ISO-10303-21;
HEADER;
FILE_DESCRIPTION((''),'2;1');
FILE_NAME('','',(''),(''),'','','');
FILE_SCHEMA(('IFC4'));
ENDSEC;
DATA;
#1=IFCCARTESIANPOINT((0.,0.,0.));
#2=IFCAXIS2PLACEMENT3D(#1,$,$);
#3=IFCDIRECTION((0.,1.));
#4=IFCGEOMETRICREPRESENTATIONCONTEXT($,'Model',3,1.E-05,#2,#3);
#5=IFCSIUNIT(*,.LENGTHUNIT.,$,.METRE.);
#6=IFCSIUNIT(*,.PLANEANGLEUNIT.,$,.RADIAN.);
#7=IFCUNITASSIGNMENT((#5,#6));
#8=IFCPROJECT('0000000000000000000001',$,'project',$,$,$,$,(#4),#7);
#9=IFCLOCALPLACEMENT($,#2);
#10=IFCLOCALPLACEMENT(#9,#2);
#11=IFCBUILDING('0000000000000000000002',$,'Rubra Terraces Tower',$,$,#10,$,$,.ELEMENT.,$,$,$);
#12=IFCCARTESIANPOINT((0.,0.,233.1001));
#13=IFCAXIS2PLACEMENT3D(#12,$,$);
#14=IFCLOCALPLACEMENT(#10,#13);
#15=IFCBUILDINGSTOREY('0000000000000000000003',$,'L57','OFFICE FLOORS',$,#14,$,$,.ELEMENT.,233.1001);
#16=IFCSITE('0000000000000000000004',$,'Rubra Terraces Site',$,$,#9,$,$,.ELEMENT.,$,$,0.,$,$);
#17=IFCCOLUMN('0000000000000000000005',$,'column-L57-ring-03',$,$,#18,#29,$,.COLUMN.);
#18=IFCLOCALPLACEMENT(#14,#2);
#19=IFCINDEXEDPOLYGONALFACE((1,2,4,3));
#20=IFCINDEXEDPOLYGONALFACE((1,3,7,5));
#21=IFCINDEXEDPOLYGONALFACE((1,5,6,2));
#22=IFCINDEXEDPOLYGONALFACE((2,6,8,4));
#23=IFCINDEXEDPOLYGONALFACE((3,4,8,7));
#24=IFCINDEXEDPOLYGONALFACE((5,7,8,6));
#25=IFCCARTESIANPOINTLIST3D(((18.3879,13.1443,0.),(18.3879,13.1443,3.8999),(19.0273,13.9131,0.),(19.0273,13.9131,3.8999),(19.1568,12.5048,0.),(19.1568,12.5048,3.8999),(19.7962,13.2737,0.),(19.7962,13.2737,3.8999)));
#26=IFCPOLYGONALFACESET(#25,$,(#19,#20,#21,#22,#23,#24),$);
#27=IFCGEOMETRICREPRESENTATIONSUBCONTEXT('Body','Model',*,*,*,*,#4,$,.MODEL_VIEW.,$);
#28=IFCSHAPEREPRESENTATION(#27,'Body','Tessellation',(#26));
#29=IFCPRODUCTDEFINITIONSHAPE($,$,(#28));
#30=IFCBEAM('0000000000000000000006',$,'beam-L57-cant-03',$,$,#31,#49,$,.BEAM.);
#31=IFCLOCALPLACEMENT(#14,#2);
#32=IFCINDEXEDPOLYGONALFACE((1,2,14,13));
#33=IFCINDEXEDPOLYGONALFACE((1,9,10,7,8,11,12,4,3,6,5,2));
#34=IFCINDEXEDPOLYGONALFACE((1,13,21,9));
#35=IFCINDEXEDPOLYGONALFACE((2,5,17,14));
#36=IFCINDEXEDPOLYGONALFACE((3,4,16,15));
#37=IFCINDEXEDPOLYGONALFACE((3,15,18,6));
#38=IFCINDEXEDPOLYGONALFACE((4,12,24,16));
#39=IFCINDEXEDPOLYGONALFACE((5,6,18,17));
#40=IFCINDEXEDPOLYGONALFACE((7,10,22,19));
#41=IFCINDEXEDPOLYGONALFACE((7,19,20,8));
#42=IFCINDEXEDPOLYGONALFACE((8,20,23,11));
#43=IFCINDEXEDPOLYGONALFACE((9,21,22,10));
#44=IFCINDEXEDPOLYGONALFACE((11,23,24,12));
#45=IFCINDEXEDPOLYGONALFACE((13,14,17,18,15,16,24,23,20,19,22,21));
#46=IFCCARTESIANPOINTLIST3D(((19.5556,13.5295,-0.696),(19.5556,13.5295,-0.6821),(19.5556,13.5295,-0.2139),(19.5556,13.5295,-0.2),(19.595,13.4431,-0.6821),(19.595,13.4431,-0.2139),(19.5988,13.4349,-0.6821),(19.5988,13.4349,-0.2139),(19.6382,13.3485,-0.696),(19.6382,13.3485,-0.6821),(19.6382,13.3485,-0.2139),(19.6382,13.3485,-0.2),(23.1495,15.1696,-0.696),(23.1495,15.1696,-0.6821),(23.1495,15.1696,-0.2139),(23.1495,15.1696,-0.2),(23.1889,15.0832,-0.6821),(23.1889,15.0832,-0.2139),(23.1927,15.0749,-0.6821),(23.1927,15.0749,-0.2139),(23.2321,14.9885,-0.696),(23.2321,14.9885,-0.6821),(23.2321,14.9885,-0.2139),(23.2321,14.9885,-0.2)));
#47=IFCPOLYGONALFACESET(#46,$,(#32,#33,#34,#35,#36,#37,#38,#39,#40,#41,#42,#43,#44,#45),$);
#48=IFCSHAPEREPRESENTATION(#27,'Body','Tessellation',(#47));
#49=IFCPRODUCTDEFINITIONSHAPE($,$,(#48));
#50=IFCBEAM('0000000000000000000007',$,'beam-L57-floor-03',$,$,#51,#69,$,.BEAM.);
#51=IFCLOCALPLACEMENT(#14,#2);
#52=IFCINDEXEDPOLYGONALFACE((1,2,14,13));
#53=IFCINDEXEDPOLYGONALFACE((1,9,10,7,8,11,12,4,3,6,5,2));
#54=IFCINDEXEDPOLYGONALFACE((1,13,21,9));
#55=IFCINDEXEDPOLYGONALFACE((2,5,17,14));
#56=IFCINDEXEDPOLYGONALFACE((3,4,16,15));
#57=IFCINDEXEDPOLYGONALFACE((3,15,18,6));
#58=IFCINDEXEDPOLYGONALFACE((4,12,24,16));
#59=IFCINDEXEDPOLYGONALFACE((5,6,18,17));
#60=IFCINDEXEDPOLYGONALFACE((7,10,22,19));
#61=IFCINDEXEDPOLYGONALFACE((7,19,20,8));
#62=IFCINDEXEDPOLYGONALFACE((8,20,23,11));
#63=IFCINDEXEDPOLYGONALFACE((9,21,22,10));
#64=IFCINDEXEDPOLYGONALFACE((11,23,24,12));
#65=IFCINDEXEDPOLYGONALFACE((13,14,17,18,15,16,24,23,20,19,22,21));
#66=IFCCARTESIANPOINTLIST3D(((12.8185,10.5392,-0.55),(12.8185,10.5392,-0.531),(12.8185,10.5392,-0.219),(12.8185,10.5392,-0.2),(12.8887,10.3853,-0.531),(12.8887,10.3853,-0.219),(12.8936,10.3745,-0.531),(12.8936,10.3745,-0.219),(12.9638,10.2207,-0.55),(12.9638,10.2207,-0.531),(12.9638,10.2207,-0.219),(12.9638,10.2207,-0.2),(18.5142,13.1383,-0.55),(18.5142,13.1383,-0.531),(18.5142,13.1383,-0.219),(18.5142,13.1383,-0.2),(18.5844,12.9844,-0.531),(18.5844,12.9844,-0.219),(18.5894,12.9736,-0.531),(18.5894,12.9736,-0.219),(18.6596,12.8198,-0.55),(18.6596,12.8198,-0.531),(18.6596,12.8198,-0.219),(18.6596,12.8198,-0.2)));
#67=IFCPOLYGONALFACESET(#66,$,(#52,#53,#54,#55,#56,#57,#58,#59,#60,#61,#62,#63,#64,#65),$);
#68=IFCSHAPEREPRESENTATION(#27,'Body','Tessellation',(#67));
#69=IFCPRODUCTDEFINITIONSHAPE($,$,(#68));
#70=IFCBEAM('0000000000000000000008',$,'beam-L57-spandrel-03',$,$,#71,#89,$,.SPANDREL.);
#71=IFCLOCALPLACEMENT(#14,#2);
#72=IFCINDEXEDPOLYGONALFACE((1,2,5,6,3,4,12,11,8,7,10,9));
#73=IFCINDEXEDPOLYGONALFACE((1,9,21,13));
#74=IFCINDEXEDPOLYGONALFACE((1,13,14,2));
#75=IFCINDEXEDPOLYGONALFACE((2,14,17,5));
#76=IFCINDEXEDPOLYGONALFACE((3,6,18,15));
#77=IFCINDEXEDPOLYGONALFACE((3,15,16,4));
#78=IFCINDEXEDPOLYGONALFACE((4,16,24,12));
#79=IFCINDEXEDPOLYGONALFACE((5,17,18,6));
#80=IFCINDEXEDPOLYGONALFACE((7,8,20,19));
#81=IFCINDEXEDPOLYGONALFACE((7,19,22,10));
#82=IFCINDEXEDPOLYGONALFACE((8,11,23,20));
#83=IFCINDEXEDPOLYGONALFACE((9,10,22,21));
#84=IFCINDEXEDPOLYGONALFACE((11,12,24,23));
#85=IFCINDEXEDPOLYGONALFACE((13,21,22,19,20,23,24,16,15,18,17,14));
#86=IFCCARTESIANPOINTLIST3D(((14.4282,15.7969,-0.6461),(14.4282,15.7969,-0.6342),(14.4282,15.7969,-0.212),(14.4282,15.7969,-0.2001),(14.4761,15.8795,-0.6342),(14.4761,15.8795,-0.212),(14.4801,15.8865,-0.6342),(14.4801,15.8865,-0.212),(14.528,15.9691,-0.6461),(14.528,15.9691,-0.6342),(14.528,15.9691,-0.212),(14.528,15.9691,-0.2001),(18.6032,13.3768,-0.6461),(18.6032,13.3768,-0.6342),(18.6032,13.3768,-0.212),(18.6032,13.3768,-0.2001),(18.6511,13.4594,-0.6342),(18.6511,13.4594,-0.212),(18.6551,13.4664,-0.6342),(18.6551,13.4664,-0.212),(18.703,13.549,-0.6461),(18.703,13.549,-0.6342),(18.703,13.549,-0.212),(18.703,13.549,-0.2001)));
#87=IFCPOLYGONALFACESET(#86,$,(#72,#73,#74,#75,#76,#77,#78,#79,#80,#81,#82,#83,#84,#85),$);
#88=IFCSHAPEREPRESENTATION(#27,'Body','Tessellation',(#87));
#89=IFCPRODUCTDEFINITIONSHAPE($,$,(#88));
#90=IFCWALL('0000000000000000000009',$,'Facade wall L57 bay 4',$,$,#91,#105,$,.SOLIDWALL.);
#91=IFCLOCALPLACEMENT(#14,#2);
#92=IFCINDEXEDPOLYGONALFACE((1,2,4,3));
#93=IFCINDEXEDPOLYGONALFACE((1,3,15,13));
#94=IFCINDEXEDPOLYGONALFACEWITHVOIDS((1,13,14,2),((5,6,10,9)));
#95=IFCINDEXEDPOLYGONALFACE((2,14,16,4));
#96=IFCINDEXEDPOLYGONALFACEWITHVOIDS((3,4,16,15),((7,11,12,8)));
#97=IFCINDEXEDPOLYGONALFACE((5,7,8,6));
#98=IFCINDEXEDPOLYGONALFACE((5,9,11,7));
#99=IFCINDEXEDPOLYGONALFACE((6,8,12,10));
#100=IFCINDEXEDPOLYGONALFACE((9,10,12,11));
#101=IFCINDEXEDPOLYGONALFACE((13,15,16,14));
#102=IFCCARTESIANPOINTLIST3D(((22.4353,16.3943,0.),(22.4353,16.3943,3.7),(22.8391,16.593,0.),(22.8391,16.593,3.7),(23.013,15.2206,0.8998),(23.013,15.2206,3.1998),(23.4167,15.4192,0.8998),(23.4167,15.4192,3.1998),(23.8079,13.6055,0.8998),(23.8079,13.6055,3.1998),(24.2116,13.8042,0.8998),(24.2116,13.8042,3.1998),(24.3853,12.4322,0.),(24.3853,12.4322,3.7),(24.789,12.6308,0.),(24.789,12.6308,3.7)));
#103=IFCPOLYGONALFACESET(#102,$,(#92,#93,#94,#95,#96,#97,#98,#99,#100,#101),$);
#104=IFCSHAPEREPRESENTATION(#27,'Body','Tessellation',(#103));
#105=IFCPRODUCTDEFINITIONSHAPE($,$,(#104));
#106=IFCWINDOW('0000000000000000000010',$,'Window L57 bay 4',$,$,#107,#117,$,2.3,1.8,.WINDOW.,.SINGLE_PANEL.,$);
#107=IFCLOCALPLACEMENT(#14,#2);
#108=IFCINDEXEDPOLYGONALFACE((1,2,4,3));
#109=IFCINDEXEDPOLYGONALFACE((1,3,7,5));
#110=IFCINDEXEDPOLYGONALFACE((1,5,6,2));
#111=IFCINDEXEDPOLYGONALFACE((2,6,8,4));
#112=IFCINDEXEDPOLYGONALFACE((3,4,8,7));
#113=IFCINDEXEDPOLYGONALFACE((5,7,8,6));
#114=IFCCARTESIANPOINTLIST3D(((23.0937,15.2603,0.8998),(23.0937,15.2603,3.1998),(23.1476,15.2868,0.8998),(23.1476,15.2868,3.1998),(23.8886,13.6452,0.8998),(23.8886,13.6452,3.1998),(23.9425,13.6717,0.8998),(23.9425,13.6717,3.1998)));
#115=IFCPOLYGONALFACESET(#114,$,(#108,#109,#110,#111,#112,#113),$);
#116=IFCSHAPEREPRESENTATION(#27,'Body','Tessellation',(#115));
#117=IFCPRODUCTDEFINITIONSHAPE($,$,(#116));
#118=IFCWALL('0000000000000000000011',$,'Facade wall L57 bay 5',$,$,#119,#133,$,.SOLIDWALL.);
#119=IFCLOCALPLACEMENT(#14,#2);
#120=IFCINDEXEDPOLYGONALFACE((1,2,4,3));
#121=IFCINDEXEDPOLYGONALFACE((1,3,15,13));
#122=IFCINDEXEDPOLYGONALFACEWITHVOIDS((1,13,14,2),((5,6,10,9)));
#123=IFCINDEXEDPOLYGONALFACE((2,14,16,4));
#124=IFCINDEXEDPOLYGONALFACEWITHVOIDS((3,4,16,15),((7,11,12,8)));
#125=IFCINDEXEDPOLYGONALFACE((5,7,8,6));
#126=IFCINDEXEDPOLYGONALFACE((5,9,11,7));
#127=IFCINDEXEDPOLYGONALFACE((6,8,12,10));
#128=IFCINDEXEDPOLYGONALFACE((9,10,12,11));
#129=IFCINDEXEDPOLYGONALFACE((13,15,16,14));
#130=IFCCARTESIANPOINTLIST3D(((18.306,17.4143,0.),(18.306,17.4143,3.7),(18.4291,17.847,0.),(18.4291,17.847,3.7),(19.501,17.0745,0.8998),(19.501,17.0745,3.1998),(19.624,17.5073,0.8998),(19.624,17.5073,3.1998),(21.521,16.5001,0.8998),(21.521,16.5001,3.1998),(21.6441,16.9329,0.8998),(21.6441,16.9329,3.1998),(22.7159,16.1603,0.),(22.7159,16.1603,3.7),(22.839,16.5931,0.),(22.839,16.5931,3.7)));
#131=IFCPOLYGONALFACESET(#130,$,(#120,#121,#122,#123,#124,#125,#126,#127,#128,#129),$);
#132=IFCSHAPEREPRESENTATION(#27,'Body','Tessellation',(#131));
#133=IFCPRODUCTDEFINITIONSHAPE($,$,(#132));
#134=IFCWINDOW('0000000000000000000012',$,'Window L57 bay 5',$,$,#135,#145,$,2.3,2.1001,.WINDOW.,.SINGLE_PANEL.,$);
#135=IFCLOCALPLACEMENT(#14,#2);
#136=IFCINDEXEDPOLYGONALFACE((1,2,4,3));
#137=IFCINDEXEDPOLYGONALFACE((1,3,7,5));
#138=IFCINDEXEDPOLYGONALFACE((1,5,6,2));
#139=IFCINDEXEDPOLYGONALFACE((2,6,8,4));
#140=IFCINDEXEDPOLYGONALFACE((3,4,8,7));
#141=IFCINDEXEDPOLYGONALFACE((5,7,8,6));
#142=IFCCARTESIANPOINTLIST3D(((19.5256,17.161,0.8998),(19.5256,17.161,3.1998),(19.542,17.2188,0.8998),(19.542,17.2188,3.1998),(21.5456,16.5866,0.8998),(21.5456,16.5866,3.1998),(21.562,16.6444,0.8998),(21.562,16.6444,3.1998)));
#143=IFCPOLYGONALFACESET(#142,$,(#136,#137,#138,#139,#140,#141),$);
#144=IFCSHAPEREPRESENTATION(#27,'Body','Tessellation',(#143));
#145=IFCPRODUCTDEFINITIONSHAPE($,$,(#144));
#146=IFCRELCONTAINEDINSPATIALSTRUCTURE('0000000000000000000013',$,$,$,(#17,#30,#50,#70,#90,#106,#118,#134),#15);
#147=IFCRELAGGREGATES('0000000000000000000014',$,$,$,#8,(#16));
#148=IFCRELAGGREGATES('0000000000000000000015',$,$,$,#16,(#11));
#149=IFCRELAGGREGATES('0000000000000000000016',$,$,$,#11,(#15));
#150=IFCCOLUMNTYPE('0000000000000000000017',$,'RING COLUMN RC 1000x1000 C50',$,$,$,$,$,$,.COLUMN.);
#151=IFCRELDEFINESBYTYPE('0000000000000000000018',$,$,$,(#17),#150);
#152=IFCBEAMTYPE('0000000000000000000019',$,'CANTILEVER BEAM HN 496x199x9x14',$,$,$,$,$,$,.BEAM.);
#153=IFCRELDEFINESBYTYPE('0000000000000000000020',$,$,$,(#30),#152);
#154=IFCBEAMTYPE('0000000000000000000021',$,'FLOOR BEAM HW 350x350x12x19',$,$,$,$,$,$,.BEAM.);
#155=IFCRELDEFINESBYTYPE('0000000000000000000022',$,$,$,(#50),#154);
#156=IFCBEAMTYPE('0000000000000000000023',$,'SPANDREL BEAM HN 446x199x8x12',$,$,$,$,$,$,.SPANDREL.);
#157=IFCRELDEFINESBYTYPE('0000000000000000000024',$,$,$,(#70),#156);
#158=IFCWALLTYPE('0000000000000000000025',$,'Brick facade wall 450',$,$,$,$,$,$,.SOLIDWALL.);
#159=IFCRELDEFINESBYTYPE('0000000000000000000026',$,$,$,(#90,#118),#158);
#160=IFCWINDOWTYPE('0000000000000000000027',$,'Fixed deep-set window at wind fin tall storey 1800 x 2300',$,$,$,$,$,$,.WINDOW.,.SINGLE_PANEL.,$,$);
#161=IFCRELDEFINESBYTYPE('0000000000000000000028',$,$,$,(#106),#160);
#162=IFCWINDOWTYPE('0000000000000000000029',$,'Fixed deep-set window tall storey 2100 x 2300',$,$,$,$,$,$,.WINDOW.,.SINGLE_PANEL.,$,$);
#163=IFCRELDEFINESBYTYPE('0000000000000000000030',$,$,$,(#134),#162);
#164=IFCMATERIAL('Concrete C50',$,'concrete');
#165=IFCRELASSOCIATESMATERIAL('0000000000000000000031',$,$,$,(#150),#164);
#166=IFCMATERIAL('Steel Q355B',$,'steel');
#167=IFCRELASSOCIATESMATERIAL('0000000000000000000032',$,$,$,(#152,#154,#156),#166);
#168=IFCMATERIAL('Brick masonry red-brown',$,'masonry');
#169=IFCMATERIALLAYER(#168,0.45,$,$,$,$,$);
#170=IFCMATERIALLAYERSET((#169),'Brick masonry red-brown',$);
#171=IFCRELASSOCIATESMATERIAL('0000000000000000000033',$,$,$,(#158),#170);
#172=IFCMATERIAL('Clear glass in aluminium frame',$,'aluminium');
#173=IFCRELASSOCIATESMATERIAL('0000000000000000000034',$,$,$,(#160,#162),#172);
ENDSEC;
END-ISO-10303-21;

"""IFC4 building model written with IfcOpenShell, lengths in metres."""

from ifc_helpers import new_model, si_unit, direction, frame, frame_2d, origin, origin_2d, place, context, subcontext, project, spatial, rectangle, i_section, extrude, material, layer, layer_set, material_profile, profile_set, type_object, element, fill, save


model = new_model("IFC4")

# Units and contexts
model_context = context("Model", 3, precision=1e-05, world=origin(), true_north=direction((0.0, 1.0)))
body_context = subcontext(model_context, "Body", "Model", "MODEL_VIEW")
ifc_project = project(units=[si_unit("LENGTHUNIT", "METRE"), si_unit("PLANEANGLEUNIT", "RADIAN")], contexts=[model_context])

# Site, building, storey
site_placement = place(None, origin())
site = spatial("IfcSite", under=ifc_project, at=site_placement, Name="Rubra Terraces Site", CompositionType="ELEMENT", RefElevation=0.0)
building_placement = place(site_placement, origin())
building = spatial("IfcBuilding", under=site, at=building_placement, Name="Rubra Terraces Tower", CompositionType="ELEMENT")
storey_placement = place(building_placement, frame((0.0, 0.0, 233.1001)))
storey = spatial("IfcBuildingStorey", under=building, at=storey_placement, Name="L57", Description="OFFICE FLOORS", CompositionType="ELEMENT", Elevation=233.1001)

# Column
ifc_material_1 = material(Name="Concrete C50", Category="concrete")
ifc_material_profile_1 = material_profile(ifc_material_1, rectangle(XDim=1.0, YDim=1.0, at=origin_2d()), Name="RC 1000x1000")
ifc_profile_set_1 = profile_set([ifc_material_profile_1], Name="Concrete C50")
column_type = type_object("IfcColumnType", Name="RING COLUMN RC 1000x1000 C50", PredefinedType="COLUMN", material=ifc_profile_set_1)
column_placement = place(storey_placement, frame((19.092, 13.209, 0.0), z_axis=(0.0, 0.0, 1.0), x_axis=(-0.76887, 0.639405, 0.0)))
element("IfcColumn", 1, at=column_placement, inside=storey, type_object=column_type, Name="column-L57-ring-03", PredefinedType="COLUMN", context=body_context, shape_type="SweptSolid", body=[
    extrude(rectangle(XDim=1.0, YDim=1.0, at=origin_2d()), origin(), (0.0, 0.0, 1.0), 3.8999),
])

# Beams
ifc_material_2 = material(Name="Steel Q355B", Category="steel")
ifc_material_profile_2 = material_profile(ifc_material_2, i_section(OverallWidth=0.199, OverallDepth=0.4961, WebThickness=0.009, FlangeThickness=0.0139, at=origin_2d()), Name="HN 496x199x9x14")
ifc_profile_set_2 = profile_set([ifc_material_profile_2], Name="Steel Q355B")
beam_type_1 = type_object("IfcBeamType", Name="CANTILEVER BEAM HN 496x199x9x14", PredefinedType="BEAM", material=ifc_profile_set_2)
beam_1_placement = place(storey_placement, frame((19.5969, 13.439, -0.448), z_axis=(0.909745, 0.415167, 0.0), x_axis=(-0.415167, 0.909745, 0.0)))
element("IfcBeam", 2, at=beam_1_placement, inside=storey, type_object=beam_type_1, Name="beam-L57-cant-03", PredefinedType="BEAM", context=body_context, shape_type="SweptSolid", body=[
    extrude(i_section(OverallWidth=0.199, OverallDepth=0.4961, WebThickness=0.009, FlangeThickness=0.0139, at=origin_2d()), origin(), (0.0, 0.0, 1.0), 3.9504),
])
ifc_material_profile_3 = material_profile(ifc_material_2, i_section(OverallWidth=0.3501, OverallDepth=0.3501, WebThickness=0.012, FlangeThickness=0.019, at=origin_2d()), Name="HW 350x350x12x19")
ifc_profile_set_3 = profile_set([ifc_material_profile_3], Name="Steel Q355B")
beam_type_2 = type_object("IfcBeamType", Name="FLOOR BEAM HW 350x350x12x19", PredefinedType="BEAM", material=ifc_profile_set_3)
beam_2_placement = place(storey_placement, frame((18.5869, 12.979, -0.375), z_axis=(-0.909757, -0.415142, 0.0), x_axis=(0.415142, -0.909757, 0.0)))
element("IfcBeam", 3, at=beam_2_placement, inside=storey, type_object=beam_type_2, Name="beam-L57-floor-03", PredefinedType="BEAM", context=body_context, shape_type="SweptSolid", body=[
    extrude(i_section(OverallWidth=0.3501, OverallDepth=0.3501, WebThickness=0.012, FlangeThickness=0.019, at=origin_2d()), origin(), (0.0, 0.0, 1.0), 6.2607),
])
ifc_material_profile_4 = material_profile(ifc_material_2, i_section(OverallWidth=0.199, OverallDepth=0.446, WebThickness=0.0081, FlangeThickness=0.012, at=origin_2d()), Name="HN 446x199x8x12")
ifc_profile_set_4 = profile_set([ifc_material_profile_4], Name="Steel Q355B")
beam_type_3 = type_object("IfcBeamType", Name="SPANDREL BEAM HN 446x199x8x12", PredefinedType="SPANDREL", material=ifc_profile_set_4)
beam_3_placement = place(storey_placement, frame((18.6531, 13.4629, -0.4231), z_axis=(-0.865154, 0.501507, 0.0), x_axis=(-0.501507, -0.865154, 0.0)))
element("IfcBeam", 4, at=beam_3_placement, inside=storey, type_object=beam_type_3, Name="beam-L57-spandrel-03", PredefinedType="SPANDREL", context=body_context, shape_type="SweptSolid", body=[
    extrude(i_section(OverallWidth=0.199, OverallDepth=0.446, WebThickness=0.0081, FlangeThickness=0.012, at=origin_2d()), origin(), (0.0, 0.0, 1.0), 4.8257),
])

# Walls, openings, windows
ifc_material_3 = material(Name="Brick masonry red-brown", Category="masonry")
ifc_layer_1 = layer(ifc_material_3, 0.45)
ifc_layer_set_1 = layer_set([ifc_layer_1], Name="Brick masonry red-brown")
wall_type_1 = type_object("IfcWallType", Name="Brick facade wall 450", PredefinedType="SOLIDWALL", material=ifc_layer_set_1)
wall_1_placement = place(storey_placement, frame((24.5872, 12.5315, 0.0), z_axis=(0.0, 0.0, 1.0), x_axis=(-0.441566, 0.897229, 0.0)))
wall_1 = element("IfcWall", 5, at=wall_1_placement, inside=storey, type_object=wall_type_1, Name="Facade wall L57 bay 4", PredefinedType="SOLIDWALL", context=body_context, shape_type="SweptSolid", body=[
    extrude(rectangle(XDim=4.416, YDim=0.45, at=frame_2d((2.208, 0.0))), origin(), (0.0, 0.0, 1.0), 3.7),
])
opening_1_placement = place(wall_1_placement, frame((1.3079, 0.0, 0.8999)))
opening_1 = element("IfcOpeningElement", 6, at=opening_1_placement, cuts=wall_1, PredefinedType="OPENING", context=body_context, shape_type="SweptSolid", body=[
    extrude(rectangle(XDim=1.8, YDim=2.3, at=frame_2d((0.8999, 1.1499))), frame((0.0, 0.2349, 0.0), z_axis=(0.0, -1.0, 0.0), x_axis=(1.0, 0.0, 0.0)), (0.0, 0.0, 1.0), 0.47),
])
ifc_material_4 = material(Name="Clear glass in aluminium frame", Category="aluminium")
window_type_1 = type_object("IfcWindowType", Name="Fixed deep-set window at wind fin tall storey 1800 x 2300", PartitioningType="SINGLE_PANEL", PredefinedType="WINDOW", material=ifc_material_4)
window_1_placement = place(opening_1_placement, origin())
window_1 = element("IfcWindow", 7, at=window_1_placement, inside=storey, type_object=window_type_1, Name="Window L57 bay 4", OverallHeight=2.3, OverallWidth=1.8, PartitioningType="SINGLE_PANEL", PredefinedType="WINDOW", context=body_context, shape_type="SweptSolid", body=[
    extrude(rectangle(XDim=1.8, YDim=2.3, at=frame_2d((0.8999, 1.1499))), frame((0.0, 0.135, 0.0), z_axis=(0.0, -1.0, 0.0), x_axis=(1.0, 0.0, 0.0)), (0.0, 0.0, 1.0), 0.0601),
])
fill(opening_1, window_1)
wall_2_placement = place(storey_placement, frame((22.7776, 16.3767, 0.0), z_axis=(0.0, 0.0, 1.0), x_axis=(-0.961873, 0.273497, 0.0)))
wall_2 = element("IfcWall", 8, at=wall_2_placement, inside=storey, type_object=wall_type_1, Name="Facade wall L57 bay 5", PredefinedType="SOLIDWALL", context=body_context, shape_type="SweptSolid", body=[
    extrude(rectangle(XDim=4.5847, YDim=0.45, at=frame_2d((2.2925, 0.0))), origin(), (0.0, 0.0, 1.0), 3.7),
])
opening_2_placement = place(wall_2_placement, frame((1.2424, 0.0, 0.8999)))
opening_2 = element("IfcOpeningElement", 9, at=opening_2_placement, cuts=wall_2, PredefinedType="OPENING", context=body_context, shape_type="SweptSolid", body=[
    extrude(rectangle(XDim=2.1001, YDim=2.3, at=frame_2d((1.05, 1.1499))), frame((0.0, 0.2349, 0.0), z_axis=(0.0, -1.0, 0.0), x_axis=(1.0, 0.0, 0.0)), (0.0, 0.0, 1.0), 0.47),
])
window_type_2 = type_object("IfcWindowType", Name="Fixed deep-set window tall storey 2100 x 2300", PartitioningType="SINGLE_PANEL", PredefinedType="WINDOW", material=ifc_material_4)
window_2_placement = place(opening_2_placement, origin())
window_2 = element("IfcWindow", 10, at=window_2_placement, inside=storey, type_object=window_type_2, Name="Window L57 bay 5", OverallHeight=2.3, OverallWidth=2.1001, PartitioningType="SINGLE_PANEL", PredefinedType="WINDOW", context=body_context, shape_type="SweptSolid", body=[
    extrude(rectangle(XDim=2.1001, YDim=2.3, at=frame_2d((1.05, 1.1499))), frame((0.0, 0.135, 0.0), z_axis=(0.0, -1.0, 0.0), x_axis=(1.0, 0.0, 0.0)), (0.0, 0.0, 1.0), 0.0601),
])
fill(opening_2, window_2)

save(model, "model.ifc")
